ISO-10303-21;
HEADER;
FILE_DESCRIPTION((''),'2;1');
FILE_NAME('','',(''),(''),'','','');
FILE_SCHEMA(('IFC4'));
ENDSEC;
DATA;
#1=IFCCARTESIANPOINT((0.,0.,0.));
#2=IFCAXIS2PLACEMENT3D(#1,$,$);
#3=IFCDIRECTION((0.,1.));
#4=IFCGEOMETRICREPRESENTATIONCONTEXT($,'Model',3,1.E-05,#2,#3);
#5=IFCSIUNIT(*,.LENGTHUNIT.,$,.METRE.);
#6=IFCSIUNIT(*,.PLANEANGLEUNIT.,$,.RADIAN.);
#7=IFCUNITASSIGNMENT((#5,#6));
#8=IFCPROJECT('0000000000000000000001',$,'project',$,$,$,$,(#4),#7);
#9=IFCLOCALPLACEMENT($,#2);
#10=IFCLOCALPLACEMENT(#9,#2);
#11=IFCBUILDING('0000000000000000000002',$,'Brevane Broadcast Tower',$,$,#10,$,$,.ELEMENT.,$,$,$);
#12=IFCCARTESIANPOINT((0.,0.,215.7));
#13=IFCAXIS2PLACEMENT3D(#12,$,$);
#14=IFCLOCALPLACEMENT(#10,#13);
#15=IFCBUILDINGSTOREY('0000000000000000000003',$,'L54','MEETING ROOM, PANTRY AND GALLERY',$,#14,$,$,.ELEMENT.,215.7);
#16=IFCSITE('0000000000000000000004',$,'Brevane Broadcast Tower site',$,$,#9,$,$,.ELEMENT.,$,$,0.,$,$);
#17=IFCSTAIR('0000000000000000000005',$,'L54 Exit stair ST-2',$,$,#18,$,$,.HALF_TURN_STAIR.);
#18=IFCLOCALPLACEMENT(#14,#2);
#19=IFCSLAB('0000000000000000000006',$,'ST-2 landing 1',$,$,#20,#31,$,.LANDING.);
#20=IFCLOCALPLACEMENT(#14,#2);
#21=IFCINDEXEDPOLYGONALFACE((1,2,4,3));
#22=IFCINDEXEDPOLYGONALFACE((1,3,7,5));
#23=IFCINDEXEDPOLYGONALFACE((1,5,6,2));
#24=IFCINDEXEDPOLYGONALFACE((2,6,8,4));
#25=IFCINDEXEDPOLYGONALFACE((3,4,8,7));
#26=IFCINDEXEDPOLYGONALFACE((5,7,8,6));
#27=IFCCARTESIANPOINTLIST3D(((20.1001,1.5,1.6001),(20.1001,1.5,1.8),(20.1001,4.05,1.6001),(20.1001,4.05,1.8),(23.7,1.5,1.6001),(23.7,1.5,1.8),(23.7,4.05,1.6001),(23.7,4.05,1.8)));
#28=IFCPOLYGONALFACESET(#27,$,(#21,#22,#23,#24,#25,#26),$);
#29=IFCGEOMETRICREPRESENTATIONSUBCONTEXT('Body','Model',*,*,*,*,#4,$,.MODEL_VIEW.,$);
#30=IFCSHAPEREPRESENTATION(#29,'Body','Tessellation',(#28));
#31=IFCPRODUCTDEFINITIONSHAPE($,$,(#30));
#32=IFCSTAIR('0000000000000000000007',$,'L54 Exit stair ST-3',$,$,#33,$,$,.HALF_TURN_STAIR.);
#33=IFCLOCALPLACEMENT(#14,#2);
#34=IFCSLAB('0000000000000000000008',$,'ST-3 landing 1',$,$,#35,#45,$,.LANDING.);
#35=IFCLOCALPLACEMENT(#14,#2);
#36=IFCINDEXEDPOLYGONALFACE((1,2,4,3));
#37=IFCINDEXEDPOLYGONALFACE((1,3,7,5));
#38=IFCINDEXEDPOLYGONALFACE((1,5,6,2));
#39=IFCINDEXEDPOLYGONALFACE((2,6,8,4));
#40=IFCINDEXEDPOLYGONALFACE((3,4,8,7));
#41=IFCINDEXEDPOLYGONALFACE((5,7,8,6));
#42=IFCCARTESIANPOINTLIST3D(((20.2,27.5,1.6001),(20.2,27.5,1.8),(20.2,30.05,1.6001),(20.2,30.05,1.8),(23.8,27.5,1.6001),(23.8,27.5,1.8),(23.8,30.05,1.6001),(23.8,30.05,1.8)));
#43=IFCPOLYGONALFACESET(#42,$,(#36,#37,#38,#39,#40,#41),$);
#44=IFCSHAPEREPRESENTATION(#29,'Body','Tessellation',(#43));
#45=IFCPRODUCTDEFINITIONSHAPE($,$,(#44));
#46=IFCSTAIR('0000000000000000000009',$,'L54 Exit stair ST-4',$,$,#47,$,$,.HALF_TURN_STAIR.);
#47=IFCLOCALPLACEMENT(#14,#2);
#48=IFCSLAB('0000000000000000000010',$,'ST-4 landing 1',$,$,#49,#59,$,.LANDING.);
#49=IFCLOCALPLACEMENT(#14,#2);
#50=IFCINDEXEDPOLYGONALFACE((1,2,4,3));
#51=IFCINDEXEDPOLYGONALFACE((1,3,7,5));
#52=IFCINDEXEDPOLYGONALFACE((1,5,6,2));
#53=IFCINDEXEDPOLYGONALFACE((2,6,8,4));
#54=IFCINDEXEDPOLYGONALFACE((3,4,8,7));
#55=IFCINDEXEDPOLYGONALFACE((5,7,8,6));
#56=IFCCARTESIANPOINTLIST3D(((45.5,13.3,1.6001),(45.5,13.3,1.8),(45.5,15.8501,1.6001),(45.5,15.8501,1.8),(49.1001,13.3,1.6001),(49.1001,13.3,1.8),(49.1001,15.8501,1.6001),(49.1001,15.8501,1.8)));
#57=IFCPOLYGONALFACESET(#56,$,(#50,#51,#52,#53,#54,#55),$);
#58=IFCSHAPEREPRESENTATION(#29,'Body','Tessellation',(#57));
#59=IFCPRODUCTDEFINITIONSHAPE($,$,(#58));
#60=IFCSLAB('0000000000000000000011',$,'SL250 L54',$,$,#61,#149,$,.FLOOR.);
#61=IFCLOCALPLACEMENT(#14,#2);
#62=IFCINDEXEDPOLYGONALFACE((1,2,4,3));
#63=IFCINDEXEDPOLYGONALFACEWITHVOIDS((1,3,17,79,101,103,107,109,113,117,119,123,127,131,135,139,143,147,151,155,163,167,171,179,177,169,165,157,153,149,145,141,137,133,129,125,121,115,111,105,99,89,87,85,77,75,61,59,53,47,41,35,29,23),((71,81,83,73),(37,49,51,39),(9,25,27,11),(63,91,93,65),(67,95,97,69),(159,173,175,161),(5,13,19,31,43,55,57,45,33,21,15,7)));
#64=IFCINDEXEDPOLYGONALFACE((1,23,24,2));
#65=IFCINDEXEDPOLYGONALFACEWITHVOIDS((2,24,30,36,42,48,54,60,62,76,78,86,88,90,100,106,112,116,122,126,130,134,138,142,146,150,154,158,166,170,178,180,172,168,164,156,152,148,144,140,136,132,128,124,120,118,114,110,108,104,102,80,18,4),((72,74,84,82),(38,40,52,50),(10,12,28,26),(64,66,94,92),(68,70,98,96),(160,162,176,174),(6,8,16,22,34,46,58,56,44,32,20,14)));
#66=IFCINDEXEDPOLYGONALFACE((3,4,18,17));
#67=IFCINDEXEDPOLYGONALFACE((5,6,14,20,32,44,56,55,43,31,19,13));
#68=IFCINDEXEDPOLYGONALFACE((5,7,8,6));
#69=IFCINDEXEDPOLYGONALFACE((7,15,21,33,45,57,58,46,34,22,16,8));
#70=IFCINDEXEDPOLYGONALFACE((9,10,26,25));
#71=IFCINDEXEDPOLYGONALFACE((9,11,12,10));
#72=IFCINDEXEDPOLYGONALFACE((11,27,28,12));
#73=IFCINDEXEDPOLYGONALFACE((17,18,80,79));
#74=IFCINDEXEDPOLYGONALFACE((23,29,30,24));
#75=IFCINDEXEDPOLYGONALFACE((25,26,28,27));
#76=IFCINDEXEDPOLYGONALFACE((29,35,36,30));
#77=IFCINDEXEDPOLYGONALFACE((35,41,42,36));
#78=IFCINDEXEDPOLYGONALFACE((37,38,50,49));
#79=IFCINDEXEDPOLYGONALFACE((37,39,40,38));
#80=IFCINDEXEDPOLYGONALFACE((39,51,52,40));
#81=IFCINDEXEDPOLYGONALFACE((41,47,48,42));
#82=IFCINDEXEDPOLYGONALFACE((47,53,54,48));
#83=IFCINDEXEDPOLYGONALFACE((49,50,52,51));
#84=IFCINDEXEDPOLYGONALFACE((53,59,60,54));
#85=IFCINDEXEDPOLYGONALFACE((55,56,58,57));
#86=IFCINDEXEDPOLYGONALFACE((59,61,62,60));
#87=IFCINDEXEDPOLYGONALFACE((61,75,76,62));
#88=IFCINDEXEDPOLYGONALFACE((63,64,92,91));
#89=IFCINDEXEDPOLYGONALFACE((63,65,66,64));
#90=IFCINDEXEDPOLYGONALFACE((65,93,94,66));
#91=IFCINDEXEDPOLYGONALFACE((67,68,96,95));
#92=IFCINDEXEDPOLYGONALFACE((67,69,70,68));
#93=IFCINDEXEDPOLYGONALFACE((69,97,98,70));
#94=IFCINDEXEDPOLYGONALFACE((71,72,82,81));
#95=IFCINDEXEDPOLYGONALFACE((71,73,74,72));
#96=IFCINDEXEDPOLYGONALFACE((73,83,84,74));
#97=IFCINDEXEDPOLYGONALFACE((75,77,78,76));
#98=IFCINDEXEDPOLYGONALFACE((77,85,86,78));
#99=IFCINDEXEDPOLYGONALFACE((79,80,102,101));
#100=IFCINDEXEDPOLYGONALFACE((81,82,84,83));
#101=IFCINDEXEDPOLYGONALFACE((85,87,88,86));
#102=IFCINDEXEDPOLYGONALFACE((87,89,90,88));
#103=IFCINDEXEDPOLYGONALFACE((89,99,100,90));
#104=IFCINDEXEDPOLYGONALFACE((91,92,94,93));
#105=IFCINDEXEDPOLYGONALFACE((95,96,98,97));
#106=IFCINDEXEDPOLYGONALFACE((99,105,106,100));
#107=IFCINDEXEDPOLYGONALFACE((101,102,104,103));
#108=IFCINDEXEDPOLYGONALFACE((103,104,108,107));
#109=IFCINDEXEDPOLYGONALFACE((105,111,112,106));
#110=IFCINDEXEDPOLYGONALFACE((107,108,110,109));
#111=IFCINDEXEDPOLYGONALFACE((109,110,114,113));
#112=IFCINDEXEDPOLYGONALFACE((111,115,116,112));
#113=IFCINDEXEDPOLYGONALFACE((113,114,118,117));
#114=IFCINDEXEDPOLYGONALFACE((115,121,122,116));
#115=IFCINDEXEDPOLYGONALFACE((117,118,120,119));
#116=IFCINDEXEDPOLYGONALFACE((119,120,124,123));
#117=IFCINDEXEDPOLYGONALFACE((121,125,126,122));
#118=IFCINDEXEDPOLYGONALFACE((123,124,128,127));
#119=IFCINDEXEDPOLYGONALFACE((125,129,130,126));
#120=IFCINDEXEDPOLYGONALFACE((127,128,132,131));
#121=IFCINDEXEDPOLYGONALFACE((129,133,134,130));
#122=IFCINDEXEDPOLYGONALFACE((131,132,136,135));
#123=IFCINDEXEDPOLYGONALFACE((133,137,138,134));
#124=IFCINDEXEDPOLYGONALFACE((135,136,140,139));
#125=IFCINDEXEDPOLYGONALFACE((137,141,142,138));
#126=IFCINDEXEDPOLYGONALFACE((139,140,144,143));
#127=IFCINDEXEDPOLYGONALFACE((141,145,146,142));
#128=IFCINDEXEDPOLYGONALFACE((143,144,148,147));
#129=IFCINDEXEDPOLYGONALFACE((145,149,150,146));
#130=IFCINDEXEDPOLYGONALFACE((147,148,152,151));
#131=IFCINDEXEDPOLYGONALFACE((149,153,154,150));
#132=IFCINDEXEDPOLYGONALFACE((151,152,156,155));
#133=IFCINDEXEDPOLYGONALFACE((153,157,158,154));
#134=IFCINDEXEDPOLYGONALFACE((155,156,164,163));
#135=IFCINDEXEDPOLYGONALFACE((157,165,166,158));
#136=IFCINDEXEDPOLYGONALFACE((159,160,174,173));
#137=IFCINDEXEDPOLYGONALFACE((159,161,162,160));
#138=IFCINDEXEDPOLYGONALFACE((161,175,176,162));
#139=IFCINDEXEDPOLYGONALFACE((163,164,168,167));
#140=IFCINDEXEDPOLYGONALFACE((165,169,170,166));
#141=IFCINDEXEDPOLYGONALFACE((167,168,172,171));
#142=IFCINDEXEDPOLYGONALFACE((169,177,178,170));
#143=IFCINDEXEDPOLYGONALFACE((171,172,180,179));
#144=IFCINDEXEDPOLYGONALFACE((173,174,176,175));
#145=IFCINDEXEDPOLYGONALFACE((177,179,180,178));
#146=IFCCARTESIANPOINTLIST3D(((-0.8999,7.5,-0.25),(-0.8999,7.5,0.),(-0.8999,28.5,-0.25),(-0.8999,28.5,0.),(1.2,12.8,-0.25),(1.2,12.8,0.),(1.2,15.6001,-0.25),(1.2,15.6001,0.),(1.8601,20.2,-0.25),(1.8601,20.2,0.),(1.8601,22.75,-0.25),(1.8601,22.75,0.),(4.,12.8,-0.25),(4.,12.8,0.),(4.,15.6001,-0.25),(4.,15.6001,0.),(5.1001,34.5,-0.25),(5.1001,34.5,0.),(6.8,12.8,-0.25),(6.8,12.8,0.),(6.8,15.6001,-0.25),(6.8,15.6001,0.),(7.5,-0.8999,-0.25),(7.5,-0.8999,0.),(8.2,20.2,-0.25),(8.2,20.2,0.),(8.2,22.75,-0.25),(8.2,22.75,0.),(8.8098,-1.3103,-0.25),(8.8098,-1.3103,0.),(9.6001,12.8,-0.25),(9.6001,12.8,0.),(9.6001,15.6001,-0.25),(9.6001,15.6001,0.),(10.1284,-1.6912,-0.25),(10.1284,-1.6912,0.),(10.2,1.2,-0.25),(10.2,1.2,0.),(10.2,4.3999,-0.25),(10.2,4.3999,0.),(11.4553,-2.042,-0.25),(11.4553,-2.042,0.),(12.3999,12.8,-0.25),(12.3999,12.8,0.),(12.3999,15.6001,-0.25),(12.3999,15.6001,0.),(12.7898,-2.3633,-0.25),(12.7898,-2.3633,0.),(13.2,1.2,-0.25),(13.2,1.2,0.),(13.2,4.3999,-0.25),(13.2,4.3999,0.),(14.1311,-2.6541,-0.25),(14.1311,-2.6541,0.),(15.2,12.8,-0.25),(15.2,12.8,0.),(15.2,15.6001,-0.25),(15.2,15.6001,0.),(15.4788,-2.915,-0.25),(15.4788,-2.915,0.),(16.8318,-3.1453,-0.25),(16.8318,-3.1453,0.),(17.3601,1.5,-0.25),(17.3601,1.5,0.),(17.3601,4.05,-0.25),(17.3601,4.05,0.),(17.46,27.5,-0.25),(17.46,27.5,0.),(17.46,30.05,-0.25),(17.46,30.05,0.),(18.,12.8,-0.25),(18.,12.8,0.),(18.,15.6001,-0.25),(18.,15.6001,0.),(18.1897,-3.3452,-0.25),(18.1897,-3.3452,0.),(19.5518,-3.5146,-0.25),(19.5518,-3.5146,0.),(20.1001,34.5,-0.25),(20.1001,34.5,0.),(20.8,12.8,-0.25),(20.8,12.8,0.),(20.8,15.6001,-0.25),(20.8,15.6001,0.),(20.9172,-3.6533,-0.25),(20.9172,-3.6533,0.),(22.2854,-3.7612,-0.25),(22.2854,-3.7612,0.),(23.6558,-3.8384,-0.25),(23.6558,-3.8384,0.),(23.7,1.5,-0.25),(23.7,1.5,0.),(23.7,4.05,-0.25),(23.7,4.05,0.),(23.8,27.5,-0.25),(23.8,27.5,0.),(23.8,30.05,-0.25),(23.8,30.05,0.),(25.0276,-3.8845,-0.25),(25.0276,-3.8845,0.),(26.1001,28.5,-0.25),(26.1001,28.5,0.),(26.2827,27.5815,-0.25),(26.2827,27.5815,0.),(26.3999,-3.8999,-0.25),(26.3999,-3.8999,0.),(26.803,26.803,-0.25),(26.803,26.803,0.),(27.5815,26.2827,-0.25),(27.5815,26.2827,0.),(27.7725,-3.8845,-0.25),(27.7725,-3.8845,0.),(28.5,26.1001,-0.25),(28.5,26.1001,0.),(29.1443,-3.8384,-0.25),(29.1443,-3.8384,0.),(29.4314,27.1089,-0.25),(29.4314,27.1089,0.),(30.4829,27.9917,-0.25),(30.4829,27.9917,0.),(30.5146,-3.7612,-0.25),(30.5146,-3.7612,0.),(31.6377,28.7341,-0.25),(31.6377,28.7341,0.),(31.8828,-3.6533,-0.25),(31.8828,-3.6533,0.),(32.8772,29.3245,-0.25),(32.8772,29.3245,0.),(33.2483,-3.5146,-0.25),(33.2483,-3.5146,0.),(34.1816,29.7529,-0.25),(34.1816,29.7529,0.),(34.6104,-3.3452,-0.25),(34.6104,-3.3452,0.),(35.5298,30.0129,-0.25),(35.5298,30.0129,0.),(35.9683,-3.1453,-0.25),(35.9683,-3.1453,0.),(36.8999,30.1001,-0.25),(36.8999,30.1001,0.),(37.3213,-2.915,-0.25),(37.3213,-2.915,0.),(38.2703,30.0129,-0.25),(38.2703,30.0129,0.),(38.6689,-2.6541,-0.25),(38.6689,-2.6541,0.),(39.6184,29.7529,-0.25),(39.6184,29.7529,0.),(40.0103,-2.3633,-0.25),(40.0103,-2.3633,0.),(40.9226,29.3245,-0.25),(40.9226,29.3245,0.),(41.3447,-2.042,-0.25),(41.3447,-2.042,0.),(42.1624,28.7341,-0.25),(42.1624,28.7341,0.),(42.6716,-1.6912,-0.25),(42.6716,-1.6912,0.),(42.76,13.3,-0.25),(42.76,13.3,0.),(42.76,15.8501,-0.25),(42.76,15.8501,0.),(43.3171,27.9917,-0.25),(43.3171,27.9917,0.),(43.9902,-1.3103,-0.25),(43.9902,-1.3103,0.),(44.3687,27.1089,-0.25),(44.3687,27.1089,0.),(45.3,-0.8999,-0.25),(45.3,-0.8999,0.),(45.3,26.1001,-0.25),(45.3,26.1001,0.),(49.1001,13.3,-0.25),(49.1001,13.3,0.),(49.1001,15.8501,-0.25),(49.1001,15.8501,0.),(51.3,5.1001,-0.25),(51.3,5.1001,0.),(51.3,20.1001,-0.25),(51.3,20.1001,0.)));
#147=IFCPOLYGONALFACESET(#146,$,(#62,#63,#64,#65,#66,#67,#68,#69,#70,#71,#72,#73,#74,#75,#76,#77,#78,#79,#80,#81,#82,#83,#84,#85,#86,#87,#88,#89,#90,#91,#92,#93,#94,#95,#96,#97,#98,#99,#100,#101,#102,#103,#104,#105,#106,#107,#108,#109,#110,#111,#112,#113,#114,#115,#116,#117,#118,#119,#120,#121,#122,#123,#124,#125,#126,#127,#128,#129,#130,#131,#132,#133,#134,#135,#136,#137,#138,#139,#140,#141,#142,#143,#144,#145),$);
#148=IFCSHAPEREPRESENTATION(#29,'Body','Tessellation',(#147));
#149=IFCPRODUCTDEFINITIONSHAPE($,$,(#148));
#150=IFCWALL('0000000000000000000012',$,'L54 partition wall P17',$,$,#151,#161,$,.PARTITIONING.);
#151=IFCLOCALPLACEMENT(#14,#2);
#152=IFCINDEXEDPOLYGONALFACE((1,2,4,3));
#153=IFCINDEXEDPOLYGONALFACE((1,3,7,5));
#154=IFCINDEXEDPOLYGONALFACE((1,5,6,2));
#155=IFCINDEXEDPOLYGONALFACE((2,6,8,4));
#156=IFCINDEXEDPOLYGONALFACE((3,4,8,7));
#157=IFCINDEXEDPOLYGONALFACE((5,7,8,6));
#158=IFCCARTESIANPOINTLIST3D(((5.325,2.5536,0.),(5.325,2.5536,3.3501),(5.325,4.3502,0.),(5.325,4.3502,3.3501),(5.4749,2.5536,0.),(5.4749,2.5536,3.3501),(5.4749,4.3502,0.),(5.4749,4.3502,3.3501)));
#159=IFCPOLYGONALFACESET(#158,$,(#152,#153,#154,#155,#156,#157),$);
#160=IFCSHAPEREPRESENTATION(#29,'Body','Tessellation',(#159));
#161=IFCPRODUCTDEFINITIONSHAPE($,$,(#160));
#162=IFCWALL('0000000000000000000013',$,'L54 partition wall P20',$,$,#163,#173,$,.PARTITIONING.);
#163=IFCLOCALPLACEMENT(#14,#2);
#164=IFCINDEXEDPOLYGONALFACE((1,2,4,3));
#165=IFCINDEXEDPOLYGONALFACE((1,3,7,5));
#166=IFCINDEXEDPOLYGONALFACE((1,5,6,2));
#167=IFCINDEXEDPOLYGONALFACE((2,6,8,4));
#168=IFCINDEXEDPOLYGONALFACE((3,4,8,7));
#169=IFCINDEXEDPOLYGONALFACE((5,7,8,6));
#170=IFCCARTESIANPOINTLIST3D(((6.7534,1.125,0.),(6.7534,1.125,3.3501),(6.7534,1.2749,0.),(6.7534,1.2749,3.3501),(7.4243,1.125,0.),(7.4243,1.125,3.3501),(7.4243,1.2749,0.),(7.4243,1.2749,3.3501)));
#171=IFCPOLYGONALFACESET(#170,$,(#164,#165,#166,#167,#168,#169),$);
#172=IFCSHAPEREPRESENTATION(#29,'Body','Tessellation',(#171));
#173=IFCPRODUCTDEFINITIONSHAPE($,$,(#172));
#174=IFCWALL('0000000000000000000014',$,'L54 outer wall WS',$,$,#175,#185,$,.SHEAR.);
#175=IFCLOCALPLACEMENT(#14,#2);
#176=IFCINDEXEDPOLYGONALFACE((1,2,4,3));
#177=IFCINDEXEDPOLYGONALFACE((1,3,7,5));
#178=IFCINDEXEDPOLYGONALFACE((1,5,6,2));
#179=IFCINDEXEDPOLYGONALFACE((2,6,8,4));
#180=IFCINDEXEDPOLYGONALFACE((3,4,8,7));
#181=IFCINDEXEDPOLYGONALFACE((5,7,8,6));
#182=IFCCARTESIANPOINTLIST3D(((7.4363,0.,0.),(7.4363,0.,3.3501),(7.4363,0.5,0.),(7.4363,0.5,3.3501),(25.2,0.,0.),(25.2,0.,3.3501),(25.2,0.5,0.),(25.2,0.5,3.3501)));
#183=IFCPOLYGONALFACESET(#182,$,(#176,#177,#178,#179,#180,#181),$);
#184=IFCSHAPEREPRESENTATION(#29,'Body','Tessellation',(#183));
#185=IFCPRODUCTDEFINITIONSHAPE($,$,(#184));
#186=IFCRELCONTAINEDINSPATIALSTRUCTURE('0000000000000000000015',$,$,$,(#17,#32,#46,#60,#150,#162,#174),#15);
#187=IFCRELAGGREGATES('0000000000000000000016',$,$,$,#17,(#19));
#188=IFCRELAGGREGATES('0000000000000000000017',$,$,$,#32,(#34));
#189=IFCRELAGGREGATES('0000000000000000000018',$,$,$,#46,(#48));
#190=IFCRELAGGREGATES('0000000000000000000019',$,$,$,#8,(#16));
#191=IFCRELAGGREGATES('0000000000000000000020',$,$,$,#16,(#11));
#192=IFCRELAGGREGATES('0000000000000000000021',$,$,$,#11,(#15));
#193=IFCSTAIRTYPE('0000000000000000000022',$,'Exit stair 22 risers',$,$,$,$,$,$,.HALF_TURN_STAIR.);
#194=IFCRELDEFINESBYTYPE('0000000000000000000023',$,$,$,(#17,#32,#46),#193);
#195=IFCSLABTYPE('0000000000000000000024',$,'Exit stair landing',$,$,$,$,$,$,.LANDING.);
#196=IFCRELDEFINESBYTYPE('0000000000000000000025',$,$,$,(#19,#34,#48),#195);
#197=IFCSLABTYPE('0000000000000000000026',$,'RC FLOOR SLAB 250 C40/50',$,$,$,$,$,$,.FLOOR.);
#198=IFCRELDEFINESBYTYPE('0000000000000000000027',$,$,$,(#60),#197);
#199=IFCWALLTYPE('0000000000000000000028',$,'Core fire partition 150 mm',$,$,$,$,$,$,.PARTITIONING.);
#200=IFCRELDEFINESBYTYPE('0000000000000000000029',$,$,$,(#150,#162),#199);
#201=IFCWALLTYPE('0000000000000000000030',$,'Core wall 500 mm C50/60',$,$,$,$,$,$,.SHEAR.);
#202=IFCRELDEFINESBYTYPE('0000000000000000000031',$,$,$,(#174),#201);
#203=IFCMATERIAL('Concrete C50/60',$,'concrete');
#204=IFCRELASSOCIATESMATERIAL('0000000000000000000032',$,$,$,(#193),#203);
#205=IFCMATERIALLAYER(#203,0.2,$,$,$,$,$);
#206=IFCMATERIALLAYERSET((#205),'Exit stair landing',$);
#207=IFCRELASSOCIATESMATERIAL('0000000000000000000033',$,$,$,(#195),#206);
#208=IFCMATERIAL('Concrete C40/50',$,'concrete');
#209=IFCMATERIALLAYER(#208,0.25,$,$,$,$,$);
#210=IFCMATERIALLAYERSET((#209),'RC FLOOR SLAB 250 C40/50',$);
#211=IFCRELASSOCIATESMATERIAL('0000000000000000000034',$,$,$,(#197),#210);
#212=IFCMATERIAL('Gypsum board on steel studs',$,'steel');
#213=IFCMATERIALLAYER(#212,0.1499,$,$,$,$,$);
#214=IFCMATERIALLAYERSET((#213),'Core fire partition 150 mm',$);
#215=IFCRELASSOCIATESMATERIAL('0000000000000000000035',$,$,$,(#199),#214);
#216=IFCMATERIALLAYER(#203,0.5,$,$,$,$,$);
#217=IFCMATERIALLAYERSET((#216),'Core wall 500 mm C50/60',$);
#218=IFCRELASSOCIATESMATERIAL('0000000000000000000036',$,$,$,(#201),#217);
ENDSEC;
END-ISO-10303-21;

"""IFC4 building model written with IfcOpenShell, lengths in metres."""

from ifc_helpers import new_model, si_unit, direction, frame, frame_2d, origin, place, context, subcontext, project, spatial, polyline, rectangle, outline, extrude, material, layer, layer_set, type_object, element, aggregate, save


model = new_model("IFC4")

# Units and contexts
model_context = context("Model", 3, precision=1e-05, world=origin(), true_north=direction((0.0, 1.0)))
body_context = subcontext(model_context, "Body", "Model", "MODEL_VIEW")
ifc_project = project(units=[si_unit("LENGTHUNIT", "METRE"), si_unit("PLANEANGLEUNIT", "RADIAN")], contexts=[model_context])

# Site, building, storey
site_placement = place(None, origin())
site = spatial("IfcSite", under=ifc_project, at=site_placement, Name="Brevane Broadcast Tower site", CompositionType="ELEMENT", RefElevation=0.0)
building_placement = place(site_placement, origin())
building = spatial("IfcBuilding", under=site, at=building_placement, Name="Brevane Broadcast Tower", CompositionType="ELEMENT")
storey_placement = place(building_placement, frame((0.0, 0.0, 215.7)))
storey = spatial("IfcBuildingStorey", under=building, at=storey_placement, Name="L54", Description="MEETING ROOM, PANTRY AND GALLERY", CompositionType="ELEMENT", Elevation=215.7)

# Stairs, slabs
ifc_material_1 = material(Name="Concrete C50/60", Category="concrete")
stair_type = type_object("IfcStairType", Name="Exit stair 22 risers", PredefinedType="HALF_TURN_STAIR", material=ifc_material_1)
ifc_layer_1 = layer(ifc_material_1, 0.2)
ifc_layer_set_1 = layer_set([ifc_layer_1], Name="Exit stair landing")
slab_type_1 = type_object("IfcSlabType", Name="Exit stair landing", PredefinedType="LANDING", material=ifc_layer_set_1)
stair_1_placement = place(storey_placement, origin())
stair_1 = element("IfcStair", 1, at=stair_1_placement, inside=storey, type_object=stair_type, Name="L54 Exit stair ST-2", PredefinedType="HALF_TURN_STAIR")
slab_1_placement = place(storey_placement, frame((0.0, 0.0, 1.6001)))
slab_1 = element("IfcSlab", 2, at=slab_1_placement, type_object=slab_type_1, Name="ST-2 landing 1", PredefinedType="LANDING", context=body_context, shape_type="SweptSolid", body=[
    extrude(outline(polyline([(20.1001, 1.5), (23.7, 1.5), (23.7, 4.05), (20.1001, 4.05), (20.1001, 1.5)])), origin(), (0.0, 0.0, 1.0), 0.2),
])
aggregate(stair_1, [slab_1])
stair_2_placement = place(storey_placement, origin())
stair_2 = element("IfcStair", 3, at=stair_2_placement, inside=storey, type_object=stair_type, Name="L54 Exit stair ST-3", PredefinedType="HALF_TURN_STAIR")
slab_2_placement = place(storey_placement, frame((0.0, 0.0, 1.6001)))
slab_2 = element("IfcSlab", 4, at=slab_2_placement, type_object=slab_type_1, Name="ST-3 landing 1", PredefinedType="LANDING", context=body_context, shape_type="SweptSolid", body=[
    extrude(outline(polyline([(20.2, 27.5), (23.8, 27.5), (23.8, 30.05), (20.2, 30.05), (20.2, 27.5)])), origin(), (0.0, 0.0, 1.0), 0.2),
])
aggregate(stair_2, [slab_2])
stair_3_placement = place(storey_placement, origin())
stair_3 = element("IfcStair", 5, at=stair_3_placement, inside=storey, type_object=stair_type, Name="L54 Exit stair ST-4", PredefinedType="HALF_TURN_STAIR")
slab_3_placement = place(storey_placement, frame((0.0, 0.0, 1.6001)))
slab_3 = element("IfcSlab", 6, at=slab_3_placement, type_object=slab_type_1, Name="ST-4 landing 1", PredefinedType="LANDING", context=body_context, shape_type="SweptSolid", body=[
    extrude(outline(polyline([(45.5, 13.3), (49.1001, 13.3), (49.1001, 15.8501), (45.5, 15.8501), (45.5, 13.3)])), origin(), (0.0, 0.0, 1.0), 0.2),
])
aggregate(stair_3, [slab_3])

# Slab
ifc_material_2 = material(Name="Concrete C40/50", Category="concrete")
ifc_layer_2 = layer(ifc_material_2, 0.25)
ifc_layer_set_2 = layer_set([ifc_layer_2], Name="RC FLOOR SLAB 250 C40/50")
slab_type_2 = type_object("IfcSlabType", Name="RC FLOOR SLAB 250 C40/50", PredefinedType="FLOOR", material=ifc_layer_set_2)
slab_4_placement = place(storey_placement, frame((0.0, 0.0, -0.25)))
element("IfcSlab", 7, at=slab_4_placement, inside=storey, type_object=slab_type_2, Name="SL250 L54", PredefinedType="FLOOR", context=body_context, shape_type="SweptSolid", body=[
    extrude(outline(polyline([(-0.8999, 7.5), (-0.8999, 28.5), (5.1001, 34.5), (20.1001, 34.5), (26.1001, 28.5), (26.2827, 27.5815), (26.803, 26.803), (27.5815, 26.2827), (28.5, 26.1001), (29.4314, 27.1089), (30.4829, 27.9917), (31.6377, 28.7341), (32.8772, 29.3245), (34.1816, 29.7529), (35.5298, 30.0129), (36.8999, 30.1001), (38.2703, 30.0129), (39.6184, 29.7529), (40.9226, 29.3245), (42.1624, 28.7341), (43.3171, 27.9917), (44.3687, 27.1089), (45.3, 26.1001), (51.3, 20.1001), (51.3, 5.1001), (45.3, -0.8999), (43.9902, -1.3103), (42.6716, -1.6912), (41.3447, -2.042), (40.0103, -2.3633), (38.6689, -2.6541), (37.3213, -2.915), (35.9683, -3.1453), (34.6104, -3.3452), (33.2483, -3.5146), (31.8828, -3.6533), (30.5146, -3.7612), (29.1443, -3.8384), (27.7725, -3.8845), (26.3999, -3.8999), (25.0276, -3.8845), (23.6558, -3.8384), (22.2854, -3.7612), (20.9172, -3.6533), (19.5518, -3.5146), (18.1897, -3.3452), (16.8318, -3.1453), (15.4788, -2.915), (14.1311, -2.6541), (12.7898, -2.3633), (11.4553, -2.042), (10.1284, -1.6912), (8.8098, -1.3103), (7.5, -0.8999), (-0.8999, 7.5)]), holes=[polyline([(13.2, 4.3999), (10.2, 4.3999), (10.2, 1.2), (13.2, 1.2), (13.2, 4.3999)]), polyline([(4.0, 15.6001), (1.2, 15.6001), (1.2, 12.8), (4.0, 12.8), (6.8, 12.8), (9.6001, 12.8), (12.3999, 12.8), (15.2, 12.8), (15.2, 15.6001), (12.3999, 15.6001), (9.6001, 15.6001), (6.8, 15.6001), (4.0, 15.6001)]), polyline([(1.8601, 22.75), (1.8601, 20.2), (8.2, 20.2), (8.2, 22.75), (1.8601, 22.75)]), polyline([(23.7, 4.05), (17.3601, 4.05), (17.3601, 1.5), (23.7, 1.5), (23.7, 4.05)]), polyline([(20.8, 15.6001), (18.0, 15.6001), (18.0, 12.8), (20.8, 12.8), (20.8, 15.6001)]), polyline([(49.1001, 15.8501), (42.76, 15.8501), (42.76, 13.3), (49.1001, 13.3), (49.1001, 15.8501)]), polyline([(23.8, 30.05), (17.46, 30.05), (17.46, 27.5), (23.8, 27.5), (23.8, 30.05)])]), origin(), (0.0, 0.0, 1.0), 0.25),
])

# Walls
ifc_material_3 = material(Name="Gypsum board on steel studs", Category="steel")
ifc_layer_3 = layer(ifc_material_3, 0.1499)
ifc_layer_set_3 = layer_set([ifc_layer_3], Name="Core fire partition 150 mm")
wall_type_1 = type_object("IfcWallType", Name="Core fire partition 150 mm", PredefinedType="PARTITIONING", material=ifc_layer_set_3)
wall_1_placement = place(storey_placement, frame((5.3999, 2.5535, 0.0), z_axis=(0.0, 0.0, 1.0), x_axis=(0.0, 1.0, 0.0)))
element("IfcWall", 8, at=wall_1_placement, inside=storey, type_object=wall_type_1, Name="L54 partition wall P17", PredefinedType="PARTITIONING", context=body_context, shape_type="SweptSolid", body=[
    extrude(rectangle(XDim=1.7966, YDim=0.1499, at=frame_2d((0.8984, 0.0))), origin(), (0.0, 0.0, 1.0), 3.3501),
])
wall_2_placement = place(storey_placement, frame((7.4243, 1.2, 0.0), z_axis=(0.0, 0.0, 1.0), x_axis=(-1.0, 0.0, 0.0)))
element("IfcWall", 9, at=wall_2_placement, inside=storey, type_object=wall_type_1, Name="L54 partition wall P20", PredefinedType="PARTITIONING", context=body_context, shape_type="SweptSolid", body=[
    extrude(rectangle(XDim=0.6709, YDim=0.1499, at=frame_2d((0.3354, 0.0))), origin(), (0.0, 0.0, 1.0), 3.3501),
])
ifc_layer_4 = layer(ifc_material_1, 0.5)
ifc_layer_set_4 = layer_set([ifc_layer_4], Name="Core wall 500 mm C50/60")
wall_type_2 = type_object("IfcWallType", Name="Core wall 500 mm C50/60", PredefinedType="SHEAR", material=ifc_layer_set_4)
wall_3_placement = place(storey_placement, frame((7.4363, 0.25, 0.0), z_axis=(0.0, 0.0, 1.0), x_axis=(1.0, 0.0, 0.0)))
element("IfcWall", 10, at=wall_3_placement, inside=storey, type_object=wall_type_2, Name="L54 outer wall WS", PredefinedType="SHEAR", context=body_context, shape_type="SweptSolid", body=[
    extrude(rectangle(XDim=17.7637, YDim=0.5, at=frame_2d((8.8818, 0.0))), origin(), (0.0, 0.0, 1.0), 3.3501),
])

save(model, "model.ifc")
